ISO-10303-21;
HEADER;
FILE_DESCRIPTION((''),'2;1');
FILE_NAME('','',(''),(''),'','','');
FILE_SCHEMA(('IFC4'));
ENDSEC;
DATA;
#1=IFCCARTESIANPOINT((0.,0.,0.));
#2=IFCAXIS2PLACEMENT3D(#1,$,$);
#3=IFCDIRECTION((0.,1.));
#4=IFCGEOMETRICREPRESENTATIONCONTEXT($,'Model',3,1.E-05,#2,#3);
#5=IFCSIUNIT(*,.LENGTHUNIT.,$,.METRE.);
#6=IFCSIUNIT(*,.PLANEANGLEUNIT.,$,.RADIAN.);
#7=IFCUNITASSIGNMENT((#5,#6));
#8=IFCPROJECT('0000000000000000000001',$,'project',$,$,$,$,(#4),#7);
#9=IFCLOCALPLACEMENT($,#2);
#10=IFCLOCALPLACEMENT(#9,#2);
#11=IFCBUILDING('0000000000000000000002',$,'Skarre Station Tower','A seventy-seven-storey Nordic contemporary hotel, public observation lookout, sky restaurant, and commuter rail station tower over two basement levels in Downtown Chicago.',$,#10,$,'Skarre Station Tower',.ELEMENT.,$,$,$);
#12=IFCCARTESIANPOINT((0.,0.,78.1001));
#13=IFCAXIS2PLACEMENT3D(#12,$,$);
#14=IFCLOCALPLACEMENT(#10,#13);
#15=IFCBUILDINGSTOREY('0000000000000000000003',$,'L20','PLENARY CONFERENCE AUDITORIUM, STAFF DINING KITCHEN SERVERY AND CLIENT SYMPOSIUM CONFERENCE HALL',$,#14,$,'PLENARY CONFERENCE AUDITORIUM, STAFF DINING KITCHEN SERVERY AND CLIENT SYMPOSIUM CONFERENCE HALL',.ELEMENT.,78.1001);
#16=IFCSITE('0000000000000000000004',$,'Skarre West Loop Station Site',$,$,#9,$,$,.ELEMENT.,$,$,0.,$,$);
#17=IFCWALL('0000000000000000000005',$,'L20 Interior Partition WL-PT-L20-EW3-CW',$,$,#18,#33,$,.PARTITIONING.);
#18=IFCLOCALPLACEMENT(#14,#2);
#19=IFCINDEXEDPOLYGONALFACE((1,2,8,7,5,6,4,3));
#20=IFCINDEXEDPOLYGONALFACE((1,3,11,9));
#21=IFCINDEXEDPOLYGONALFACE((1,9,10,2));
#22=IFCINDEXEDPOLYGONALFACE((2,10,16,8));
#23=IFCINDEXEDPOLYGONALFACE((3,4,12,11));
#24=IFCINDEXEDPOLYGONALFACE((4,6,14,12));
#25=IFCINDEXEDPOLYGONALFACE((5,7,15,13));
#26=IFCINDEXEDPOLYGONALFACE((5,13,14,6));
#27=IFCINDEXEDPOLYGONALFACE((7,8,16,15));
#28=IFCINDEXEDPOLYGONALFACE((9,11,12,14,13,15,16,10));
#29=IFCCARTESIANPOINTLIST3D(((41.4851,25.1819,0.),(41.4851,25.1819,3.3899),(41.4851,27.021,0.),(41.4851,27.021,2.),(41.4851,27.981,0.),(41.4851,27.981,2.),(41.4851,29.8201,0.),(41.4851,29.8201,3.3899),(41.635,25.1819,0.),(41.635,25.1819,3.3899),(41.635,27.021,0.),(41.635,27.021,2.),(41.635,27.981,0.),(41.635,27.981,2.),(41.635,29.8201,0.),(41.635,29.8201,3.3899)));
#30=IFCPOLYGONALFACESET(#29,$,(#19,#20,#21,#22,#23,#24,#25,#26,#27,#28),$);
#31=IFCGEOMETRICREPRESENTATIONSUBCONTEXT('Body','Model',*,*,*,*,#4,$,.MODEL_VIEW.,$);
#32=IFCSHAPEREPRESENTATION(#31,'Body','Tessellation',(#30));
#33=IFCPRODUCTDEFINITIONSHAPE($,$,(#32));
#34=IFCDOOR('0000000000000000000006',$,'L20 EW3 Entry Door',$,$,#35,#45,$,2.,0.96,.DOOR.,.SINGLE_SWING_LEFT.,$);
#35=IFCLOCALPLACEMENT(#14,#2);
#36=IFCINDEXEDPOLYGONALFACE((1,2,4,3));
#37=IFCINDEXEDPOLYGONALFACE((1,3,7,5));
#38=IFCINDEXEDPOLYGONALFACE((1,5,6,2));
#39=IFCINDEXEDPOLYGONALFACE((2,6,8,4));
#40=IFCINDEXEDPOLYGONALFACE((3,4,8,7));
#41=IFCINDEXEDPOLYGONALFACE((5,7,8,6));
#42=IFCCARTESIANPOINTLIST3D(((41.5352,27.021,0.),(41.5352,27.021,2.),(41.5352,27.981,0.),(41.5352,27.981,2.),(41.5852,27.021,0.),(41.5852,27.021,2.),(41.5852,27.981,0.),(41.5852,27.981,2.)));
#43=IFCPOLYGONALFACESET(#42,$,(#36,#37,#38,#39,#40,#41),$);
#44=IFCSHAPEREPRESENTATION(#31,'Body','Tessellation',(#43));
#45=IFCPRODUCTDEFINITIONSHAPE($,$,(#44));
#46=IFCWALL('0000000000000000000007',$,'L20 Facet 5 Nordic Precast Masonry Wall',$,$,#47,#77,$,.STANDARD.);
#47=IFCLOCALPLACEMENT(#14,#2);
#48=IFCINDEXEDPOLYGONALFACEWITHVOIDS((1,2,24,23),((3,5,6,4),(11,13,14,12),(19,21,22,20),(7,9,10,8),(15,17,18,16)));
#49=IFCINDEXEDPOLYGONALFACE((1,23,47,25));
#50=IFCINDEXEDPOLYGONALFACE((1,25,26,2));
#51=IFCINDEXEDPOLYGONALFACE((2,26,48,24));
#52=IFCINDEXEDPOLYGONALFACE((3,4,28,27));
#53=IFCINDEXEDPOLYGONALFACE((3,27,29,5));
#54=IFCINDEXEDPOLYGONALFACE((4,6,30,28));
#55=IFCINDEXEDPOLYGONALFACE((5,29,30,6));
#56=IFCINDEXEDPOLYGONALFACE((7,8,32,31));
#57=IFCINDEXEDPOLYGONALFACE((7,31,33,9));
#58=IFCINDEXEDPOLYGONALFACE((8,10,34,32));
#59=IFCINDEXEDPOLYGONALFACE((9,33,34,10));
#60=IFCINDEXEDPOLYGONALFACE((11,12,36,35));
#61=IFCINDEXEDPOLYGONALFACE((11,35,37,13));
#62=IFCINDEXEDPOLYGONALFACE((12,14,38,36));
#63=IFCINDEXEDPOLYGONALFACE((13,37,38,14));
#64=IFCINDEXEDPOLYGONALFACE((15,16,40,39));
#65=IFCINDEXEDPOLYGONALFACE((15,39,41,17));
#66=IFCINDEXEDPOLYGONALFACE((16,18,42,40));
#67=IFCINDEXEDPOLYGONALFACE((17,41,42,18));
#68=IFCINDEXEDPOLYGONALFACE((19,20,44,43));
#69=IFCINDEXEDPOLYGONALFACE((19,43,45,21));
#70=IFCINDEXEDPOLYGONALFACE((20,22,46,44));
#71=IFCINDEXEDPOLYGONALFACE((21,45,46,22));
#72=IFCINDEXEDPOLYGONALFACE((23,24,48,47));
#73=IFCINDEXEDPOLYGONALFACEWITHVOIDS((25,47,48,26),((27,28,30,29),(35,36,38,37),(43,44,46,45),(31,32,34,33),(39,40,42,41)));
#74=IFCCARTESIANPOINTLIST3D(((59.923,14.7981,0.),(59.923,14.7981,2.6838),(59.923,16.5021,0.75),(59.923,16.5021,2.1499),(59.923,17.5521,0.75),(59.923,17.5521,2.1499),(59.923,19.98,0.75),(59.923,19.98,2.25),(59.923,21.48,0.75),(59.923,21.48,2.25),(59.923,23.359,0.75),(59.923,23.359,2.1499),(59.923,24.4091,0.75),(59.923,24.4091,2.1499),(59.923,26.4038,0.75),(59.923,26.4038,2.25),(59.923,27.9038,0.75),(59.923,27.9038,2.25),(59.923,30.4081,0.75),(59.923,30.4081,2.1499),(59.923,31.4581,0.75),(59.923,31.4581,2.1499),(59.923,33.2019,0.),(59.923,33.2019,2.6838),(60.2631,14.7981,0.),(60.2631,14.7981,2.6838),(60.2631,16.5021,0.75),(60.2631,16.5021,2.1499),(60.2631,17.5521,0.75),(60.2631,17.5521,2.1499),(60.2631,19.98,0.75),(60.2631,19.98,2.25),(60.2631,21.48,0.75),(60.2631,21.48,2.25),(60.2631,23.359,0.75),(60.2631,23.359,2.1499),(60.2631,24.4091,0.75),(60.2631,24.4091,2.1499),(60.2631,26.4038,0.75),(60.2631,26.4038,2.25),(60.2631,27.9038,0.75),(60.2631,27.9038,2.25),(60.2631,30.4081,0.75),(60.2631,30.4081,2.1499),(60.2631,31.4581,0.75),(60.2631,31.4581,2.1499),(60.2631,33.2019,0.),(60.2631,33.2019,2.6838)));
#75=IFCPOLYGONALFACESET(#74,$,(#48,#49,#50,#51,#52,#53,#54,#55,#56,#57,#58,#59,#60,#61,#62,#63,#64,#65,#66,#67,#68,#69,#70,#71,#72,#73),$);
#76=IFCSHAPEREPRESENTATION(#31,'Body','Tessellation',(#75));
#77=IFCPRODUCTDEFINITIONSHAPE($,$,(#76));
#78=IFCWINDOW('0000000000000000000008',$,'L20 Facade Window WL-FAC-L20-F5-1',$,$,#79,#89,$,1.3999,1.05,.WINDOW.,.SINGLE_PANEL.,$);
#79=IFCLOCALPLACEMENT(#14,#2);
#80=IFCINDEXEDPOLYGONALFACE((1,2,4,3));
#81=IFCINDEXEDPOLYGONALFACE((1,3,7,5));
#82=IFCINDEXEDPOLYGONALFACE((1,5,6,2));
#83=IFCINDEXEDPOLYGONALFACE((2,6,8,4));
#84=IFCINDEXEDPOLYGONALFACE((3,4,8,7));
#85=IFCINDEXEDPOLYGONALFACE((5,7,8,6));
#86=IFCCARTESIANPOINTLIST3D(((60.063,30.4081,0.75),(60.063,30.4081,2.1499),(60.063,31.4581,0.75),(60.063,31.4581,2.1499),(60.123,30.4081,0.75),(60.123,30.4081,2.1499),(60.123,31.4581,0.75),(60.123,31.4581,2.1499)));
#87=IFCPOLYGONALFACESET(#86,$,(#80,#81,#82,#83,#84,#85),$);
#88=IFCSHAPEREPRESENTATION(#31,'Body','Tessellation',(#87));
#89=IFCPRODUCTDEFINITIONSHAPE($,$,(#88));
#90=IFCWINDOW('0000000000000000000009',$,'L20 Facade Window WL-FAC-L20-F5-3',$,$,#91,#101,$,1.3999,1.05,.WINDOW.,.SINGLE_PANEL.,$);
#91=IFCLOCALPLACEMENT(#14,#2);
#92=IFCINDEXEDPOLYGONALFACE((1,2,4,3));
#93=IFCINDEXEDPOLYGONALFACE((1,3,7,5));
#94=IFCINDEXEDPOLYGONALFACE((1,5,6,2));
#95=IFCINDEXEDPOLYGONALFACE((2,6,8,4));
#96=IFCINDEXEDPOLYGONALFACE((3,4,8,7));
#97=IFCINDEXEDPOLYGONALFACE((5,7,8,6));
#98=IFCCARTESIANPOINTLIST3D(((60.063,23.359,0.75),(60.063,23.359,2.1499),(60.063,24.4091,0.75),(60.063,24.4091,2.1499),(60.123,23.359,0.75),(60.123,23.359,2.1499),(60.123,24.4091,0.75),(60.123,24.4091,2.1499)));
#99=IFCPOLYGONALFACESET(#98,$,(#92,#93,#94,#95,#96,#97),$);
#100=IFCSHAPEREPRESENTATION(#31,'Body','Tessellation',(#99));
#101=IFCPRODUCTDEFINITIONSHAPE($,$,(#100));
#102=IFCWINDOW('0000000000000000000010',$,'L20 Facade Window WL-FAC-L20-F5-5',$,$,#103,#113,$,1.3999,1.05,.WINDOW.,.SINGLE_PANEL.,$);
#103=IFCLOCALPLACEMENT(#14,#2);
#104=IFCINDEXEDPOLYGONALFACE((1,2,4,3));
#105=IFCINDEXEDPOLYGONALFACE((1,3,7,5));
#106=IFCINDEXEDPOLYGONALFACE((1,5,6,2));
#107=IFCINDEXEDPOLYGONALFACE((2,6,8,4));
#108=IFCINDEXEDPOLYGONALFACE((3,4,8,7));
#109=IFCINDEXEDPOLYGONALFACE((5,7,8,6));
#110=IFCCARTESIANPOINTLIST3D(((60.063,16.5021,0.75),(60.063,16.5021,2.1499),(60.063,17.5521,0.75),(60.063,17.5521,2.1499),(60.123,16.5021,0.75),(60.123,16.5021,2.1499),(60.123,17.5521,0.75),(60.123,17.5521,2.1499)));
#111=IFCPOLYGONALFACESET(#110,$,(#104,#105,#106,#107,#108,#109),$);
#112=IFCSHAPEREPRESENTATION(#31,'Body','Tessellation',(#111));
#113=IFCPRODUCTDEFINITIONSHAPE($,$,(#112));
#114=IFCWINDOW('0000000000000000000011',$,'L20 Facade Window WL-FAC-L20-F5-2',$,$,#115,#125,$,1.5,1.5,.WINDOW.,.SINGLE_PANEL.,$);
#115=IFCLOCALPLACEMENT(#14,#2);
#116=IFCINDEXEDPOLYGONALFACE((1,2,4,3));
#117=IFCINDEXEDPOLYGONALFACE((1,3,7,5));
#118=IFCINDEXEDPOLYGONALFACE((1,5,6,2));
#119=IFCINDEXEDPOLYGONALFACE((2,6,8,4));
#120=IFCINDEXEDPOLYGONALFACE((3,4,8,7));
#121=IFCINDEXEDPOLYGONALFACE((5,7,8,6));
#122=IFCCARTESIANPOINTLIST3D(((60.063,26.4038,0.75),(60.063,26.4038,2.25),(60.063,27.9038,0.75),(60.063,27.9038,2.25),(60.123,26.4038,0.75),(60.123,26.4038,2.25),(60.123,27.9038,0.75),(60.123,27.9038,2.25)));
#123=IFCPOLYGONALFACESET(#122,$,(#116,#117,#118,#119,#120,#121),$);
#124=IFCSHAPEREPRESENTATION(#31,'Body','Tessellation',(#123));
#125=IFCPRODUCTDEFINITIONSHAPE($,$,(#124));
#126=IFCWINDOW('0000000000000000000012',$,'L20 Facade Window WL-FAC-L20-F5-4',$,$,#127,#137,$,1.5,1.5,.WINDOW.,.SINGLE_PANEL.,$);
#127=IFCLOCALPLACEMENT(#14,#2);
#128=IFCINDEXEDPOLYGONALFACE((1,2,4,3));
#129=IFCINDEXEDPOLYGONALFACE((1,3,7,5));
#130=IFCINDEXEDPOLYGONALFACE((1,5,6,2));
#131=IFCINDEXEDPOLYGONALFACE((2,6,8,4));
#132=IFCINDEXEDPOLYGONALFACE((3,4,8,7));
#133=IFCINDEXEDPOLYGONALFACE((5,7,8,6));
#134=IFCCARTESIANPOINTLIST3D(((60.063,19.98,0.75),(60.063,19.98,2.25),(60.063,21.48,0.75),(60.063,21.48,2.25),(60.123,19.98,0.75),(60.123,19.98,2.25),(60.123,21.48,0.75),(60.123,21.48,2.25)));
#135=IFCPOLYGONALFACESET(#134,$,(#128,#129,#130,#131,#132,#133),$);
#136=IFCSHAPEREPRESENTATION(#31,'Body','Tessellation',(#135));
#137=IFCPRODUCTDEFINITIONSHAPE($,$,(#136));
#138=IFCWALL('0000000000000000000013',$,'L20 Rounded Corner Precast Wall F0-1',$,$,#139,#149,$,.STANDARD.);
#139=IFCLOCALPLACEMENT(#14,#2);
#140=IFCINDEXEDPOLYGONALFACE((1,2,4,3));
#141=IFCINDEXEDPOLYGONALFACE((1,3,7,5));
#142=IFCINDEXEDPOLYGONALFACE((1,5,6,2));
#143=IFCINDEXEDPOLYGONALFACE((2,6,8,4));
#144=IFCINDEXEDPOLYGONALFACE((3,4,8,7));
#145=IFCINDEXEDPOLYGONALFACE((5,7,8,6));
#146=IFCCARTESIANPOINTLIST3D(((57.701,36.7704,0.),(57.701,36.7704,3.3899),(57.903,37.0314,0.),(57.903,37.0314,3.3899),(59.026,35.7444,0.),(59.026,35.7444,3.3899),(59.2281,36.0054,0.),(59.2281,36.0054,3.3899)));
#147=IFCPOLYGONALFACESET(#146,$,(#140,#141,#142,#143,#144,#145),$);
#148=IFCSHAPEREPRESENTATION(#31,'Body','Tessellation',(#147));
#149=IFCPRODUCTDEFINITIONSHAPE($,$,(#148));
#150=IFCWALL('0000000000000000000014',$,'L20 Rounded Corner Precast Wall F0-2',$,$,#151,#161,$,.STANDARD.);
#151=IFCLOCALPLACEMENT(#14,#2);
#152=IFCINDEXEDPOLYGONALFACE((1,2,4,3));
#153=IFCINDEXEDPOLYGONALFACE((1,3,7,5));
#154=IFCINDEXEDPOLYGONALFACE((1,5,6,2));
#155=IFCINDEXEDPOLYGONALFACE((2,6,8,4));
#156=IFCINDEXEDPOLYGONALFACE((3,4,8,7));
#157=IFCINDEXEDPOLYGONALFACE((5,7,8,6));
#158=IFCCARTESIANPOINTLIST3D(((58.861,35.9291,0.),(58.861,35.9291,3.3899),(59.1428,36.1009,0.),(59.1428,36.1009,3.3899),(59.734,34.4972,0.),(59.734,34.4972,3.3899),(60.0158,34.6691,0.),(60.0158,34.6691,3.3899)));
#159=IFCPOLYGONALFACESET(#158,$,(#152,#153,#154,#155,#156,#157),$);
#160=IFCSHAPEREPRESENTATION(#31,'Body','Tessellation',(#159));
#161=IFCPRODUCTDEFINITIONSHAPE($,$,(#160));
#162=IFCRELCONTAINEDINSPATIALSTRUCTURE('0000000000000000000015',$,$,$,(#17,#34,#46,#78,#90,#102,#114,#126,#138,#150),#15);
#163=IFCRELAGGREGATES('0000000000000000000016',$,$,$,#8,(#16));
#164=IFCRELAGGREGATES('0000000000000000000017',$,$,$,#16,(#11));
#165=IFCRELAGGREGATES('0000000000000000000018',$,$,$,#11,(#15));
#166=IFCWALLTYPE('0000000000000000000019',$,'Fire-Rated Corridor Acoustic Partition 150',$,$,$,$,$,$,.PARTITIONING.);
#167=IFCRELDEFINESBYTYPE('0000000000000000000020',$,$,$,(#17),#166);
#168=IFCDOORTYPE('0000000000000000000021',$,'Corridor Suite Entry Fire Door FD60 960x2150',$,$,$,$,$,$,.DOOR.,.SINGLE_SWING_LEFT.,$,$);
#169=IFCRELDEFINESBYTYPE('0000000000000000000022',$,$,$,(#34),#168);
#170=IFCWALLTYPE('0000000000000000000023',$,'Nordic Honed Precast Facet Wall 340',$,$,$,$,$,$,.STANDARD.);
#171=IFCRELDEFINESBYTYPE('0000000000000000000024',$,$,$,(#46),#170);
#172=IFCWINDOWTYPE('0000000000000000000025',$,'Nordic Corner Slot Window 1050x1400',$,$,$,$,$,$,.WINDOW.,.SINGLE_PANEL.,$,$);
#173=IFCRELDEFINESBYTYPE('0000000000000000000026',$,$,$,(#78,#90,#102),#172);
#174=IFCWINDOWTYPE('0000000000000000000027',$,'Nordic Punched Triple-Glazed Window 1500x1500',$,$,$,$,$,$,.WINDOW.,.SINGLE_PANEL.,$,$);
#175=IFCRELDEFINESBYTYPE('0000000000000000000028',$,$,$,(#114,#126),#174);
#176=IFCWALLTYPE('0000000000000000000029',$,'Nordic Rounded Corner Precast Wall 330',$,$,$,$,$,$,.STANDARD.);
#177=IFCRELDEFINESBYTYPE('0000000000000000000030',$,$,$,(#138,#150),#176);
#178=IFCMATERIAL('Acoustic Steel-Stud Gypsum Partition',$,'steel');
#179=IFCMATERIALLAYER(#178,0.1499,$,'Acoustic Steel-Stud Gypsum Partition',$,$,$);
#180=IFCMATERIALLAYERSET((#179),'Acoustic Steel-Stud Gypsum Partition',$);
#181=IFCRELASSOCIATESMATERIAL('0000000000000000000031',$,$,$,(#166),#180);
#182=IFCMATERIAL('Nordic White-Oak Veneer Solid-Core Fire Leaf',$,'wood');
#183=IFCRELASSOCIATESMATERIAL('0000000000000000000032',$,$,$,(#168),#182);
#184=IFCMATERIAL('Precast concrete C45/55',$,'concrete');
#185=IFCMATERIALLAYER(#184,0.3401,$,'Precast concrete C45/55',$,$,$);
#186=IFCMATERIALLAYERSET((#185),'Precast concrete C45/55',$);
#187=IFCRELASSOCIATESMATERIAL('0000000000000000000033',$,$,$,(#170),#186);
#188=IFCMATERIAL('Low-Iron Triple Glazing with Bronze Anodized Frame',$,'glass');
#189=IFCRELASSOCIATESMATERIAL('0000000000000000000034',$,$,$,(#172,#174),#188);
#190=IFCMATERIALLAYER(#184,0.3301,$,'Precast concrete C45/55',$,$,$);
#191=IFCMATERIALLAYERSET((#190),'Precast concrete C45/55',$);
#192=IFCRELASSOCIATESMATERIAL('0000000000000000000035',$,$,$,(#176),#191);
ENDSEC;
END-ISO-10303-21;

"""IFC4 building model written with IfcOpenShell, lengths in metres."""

from ifc_helpers import new_model, si_unit, direction, frame, frame_2d, origin, place, context, subcontext, project, spatial, rectangle, extrude, material, layer, layer_set, type_object, element, fill, save


model = new_model("IFC4")

# Units and contexts
model_context = context("Model", 3, precision=1e-05, world=origin(), true_north=direction((0.0, 1.0)))
body_context = subcontext(model_context, "Body", "Model", "MODEL_VIEW")
ifc_project = project(units=[si_unit("LENGTHUNIT", "METRE"), si_unit("PLANEANGLEUNIT", "RADIAN")], contexts=[model_context])

# Site, building, storey
site_placement = place(None, origin())
site = spatial("IfcSite", under=ifc_project, at=site_placement, Name="Skarre West Loop Station Site", CompositionType="ELEMENT", RefElevation=0.0)
building_placement = place(site_placement, origin())
building = spatial("IfcBuilding", under=site, at=building_placement, Name="Skarre Station Tower", Description="A seventy-seven-storey Nordic contemporary hotel, public observation lookout, sky restaurant, and commuter rail station tower over two basement levels in Downtown Chicago.", LongName="Skarre Station Tower", CompositionType="ELEMENT")
storey_placement = place(building_placement, frame((0.0, 0.0, 78.1001)))
storey = spatial("IfcBuildingStorey", under=building, at=storey_placement, Name="L20", Description="PLENARY CONFERENCE AUDITORIUM, STAFF DINING KITCHEN SERVERY AND CLIENT SYMPOSIUM CONFERENCE HALL", LongName="PLENARY CONFERENCE AUDITORIUM, STAFF DINING KITCHEN SERVERY AND CLIENT SYMPOSIUM CONFERENCE HALL", CompositionType="ELEMENT", Elevation=78.1001)

# Wall, opening, door
ifc_material_1 = material(Name="Acoustic Steel-Stud Gypsum Partition", Category="steel")
ifc_layer_1 = layer(ifc_material_1, 0.1499, Name="Acoustic Steel-Stud Gypsum Partition")
ifc_layer_set_1 = layer_set([ifc_layer_1], Name="Acoustic Steel-Stud Gypsum Partition")
wall_type_1 = type_object("IfcWallType", Name="Fire-Rated Corridor Acoustic Partition 150", PredefinedType="PARTITIONING", material=ifc_layer_set_1)
ifc_material_2 = material(Name="Nordic White-Oak Veneer Solid-Core Fire Leaf", Category="wood")
door_type = type_object("IfcDoorType", Name="Corridor Suite Entry Fire Door FD60 960x2150", OperationType="SINGLE_SWING_LEFT", PredefinedType="DOOR", material=ifc_material_2)
wall_1_placement = place(storey_placement, frame((41.5601, 25.1819, 0.0), z_axis=(0.0, 0.0, 1.0), x_axis=(0.0, 1.0, 0.0)))
wall_1 = element("IfcWall", 1, at=wall_1_placement, inside=storey, type_object=wall_type_1, Name="L20 Interior Partition WL-PT-L20-EW3-CW", PredefinedType="PARTITIONING", context=body_context, shape_type="SweptSolid", body=[
    extrude(rectangle(XDim=4.6382, YDim=0.1499, at=frame_2d((2.3191, 0.0))), origin(), (0.0, 0.0, 1.0), 3.3899),
])
opening_1_placement = place(wall_1_placement, frame((1.8391, 0.0, 0.0)))
opening_1 = element("IfcOpeningElement", 2, at=opening_1_placement, cuts=wall_1, PredefinedType="OPENING", context=body_context, shape_type="SweptSolid", body=[
    extrude(rectangle(XDim=0.96, YDim=2.0, at=frame_2d((0.48, 1.0))), frame((0.0, 0.085, 0.0), z_axis=(0.0, -1.0, 0.0), x_axis=(1.0, 0.0, 0.0)), (0.0, 0.0, 1.0), 0.1699),
])
door_1_placement = place(opening_1_placement, origin())
door_1 = element("IfcDoor", 3, at=door_1_placement, inside=storey, type_object=door_type, Name="L20 EW3 Entry Door", OperationType="SINGLE_SWING_LEFT", OverallHeight=2.0, OverallWidth=0.96, PredefinedType="DOOR", context=body_context, shape_type="SweptSolid", body=[
    extrude(rectangle(XDim=0.96, YDim=2.0, at=frame_2d((0.48, 1.0))), frame((0.0, 0.0249, 0.0), z_axis=(0.0, -1.0, 0.0), x_axis=(1.0, 0.0, 0.0)), (0.0, 0.0, 1.0), 0.05),
])
fill(opening_1, door_1)

# Wall, openings, windows
ifc_material_3 = material(Name="Precast concrete C45/55", Category="concrete")
ifc_layer_2 = layer(ifc_material_3, 0.3401, Name="Precast concrete C45/55")
ifc_layer_set_2 = layer_set([ifc_layer_2], Name="Precast concrete C45/55")
wall_type_2 = type_object("IfcWallType", Name="Nordic Honed Precast Facet Wall 340", PredefinedType="STANDARD", material=ifc_layer_set_2)
wall_2_placement = place(storey_placement, frame((60.093, 33.2019, 0.0), z_axis=(0.0, 0.0, 1.0), x_axis=(0.0, -1.0, 0.0)))
wall_2 = element("IfcWall", 4, at=wall_2_placement, inside=storey, type_object=wall_type_2, Name="L20 Facet 5 Nordic Precast Masonry Wall", PredefinedType="STANDARD", context=body_context, shape_type="SweptSolid", body=[
    extrude(rectangle(XDim=18.4038, YDim=0.3401, at=frame_2d((9.2019, 0.0))), origin(), (0.0, 0.0, 1.0), 2.6838),
])
opening_2_placement = place(wall_2_placement, frame((1.7439, 0.0, 0.75)))
opening_2 = element("IfcOpeningElement", 5, at=opening_2_placement, cuts=wall_2, PredefinedType="OPENING", context=body_context, shape_type="SweptSolid", body=[
    extrude(rectangle(XDim=1.05, YDim=1.3999, at=frame_2d((0.5249, 0.7))), frame((0.0, 0.1799, 0.0), z_axis=(0.0, -1.0, 0.0), x_axis=(1.0, 0.0, 0.0)), (0.0, 0.0, 1.0), 0.3601),
])
opening_3_placement = place(wall_2_placement, frame((5.2981, 0.0, 0.75)))
opening_3 = element("IfcOpeningElement", 6, at=opening_3_placement, cuts=wall_2, PredefinedType="OPENING", context=body_context, shape_type="SweptSolid", body=[
    extrude(rectangle(XDim=1.5, YDim=1.5, at=frame_2d((0.75, 0.75))), frame((0.0, 0.1799, 0.0), z_axis=(0.0, -1.0, 0.0), x_axis=(1.0, 0.0, 0.0)), (0.0, 0.0, 1.0), 0.3601),
])
opening_4_placement = place(wall_2_placement, frame((8.793, 0.0, 0.75)))
opening_4 = element("IfcOpeningElement", 7, at=opening_4_placement, cuts=wall_2, PredefinedType="OPENING", context=body_context, shape_type="SweptSolid", body=[
    extrude(rectangle(XDim=1.05, YDim=1.3999, at=frame_2d((0.5249, 0.7))), frame((0.0, 0.1799, 0.0), z_axis=(0.0, -1.0, 0.0), x_axis=(1.0, 0.0, 0.0)), (0.0, 0.0, 1.0), 0.3601),
])
opening_5_placement = place(wall_2_placement, frame((11.7219, 0.0, 0.75)))
opening_5 = element("IfcOpeningElement", 8, at=opening_5_placement, cuts=wall_2, PredefinedType="OPENING", context=body_context, shape_type="SweptSolid", body=[
    extrude(rectangle(XDim=1.5, YDim=1.5, at=frame_2d((0.75, 0.75))), frame((0.0, 0.1799, 0.0), z_axis=(0.0, -1.0, 0.0), x_axis=(1.0, 0.0, 0.0)), (0.0, 0.0, 1.0), 0.3601),
])
opening_6_placement = place(wall_2_placement, frame((15.6499, 0.0, 0.75)))
opening_6 = element("IfcOpeningElement", 9, at=opening_6_placement, cuts=wall_2, PredefinedType="OPENING", context=body_context, shape_type="SweptSolid", body=[
    extrude(rectangle(XDim=1.05, YDim=1.3999, at=frame_2d((0.5249, 0.7))), frame((0.0, 0.1799, 0.0), z_axis=(0.0, -1.0, 0.0), x_axis=(1.0, 0.0, 0.0)), (0.0, 0.0, 1.0), 0.3601),
])
ifc_material_4 = material(Name="Low-Iron Triple Glazing with Bronze Anodized Frame", Category="glass")
window_type_1 = type_object("IfcWindowType", Name="Nordic Corner Slot Window 1050x1400", PartitioningType="SINGLE_PANEL", PredefinedType="WINDOW", material=ifc_material_4)
window_1_placement = place(opening_2_placement, origin())
window_1 = element("IfcWindow", 10, at=window_1_placement, inside=storey, type_object=window_type_1, Name="L20 Facade Window WL-FAC-L20-F5-1", OverallHeight=1.3999, OverallWidth=1.05, PartitioningType="SINGLE_PANEL", PredefinedType="WINDOW", context=body_context, shape_type="SweptSolid", body=[
    extrude(rectangle(XDim=1.05, YDim=1.3999, at=frame_2d((0.5249, 0.7))), frame((0.0, 0.03, 0.0), z_axis=(0.0, -1.0, 0.0), x_axis=(1.0, 0.0, 0.0)), (0.0, 0.0, 1.0), 0.0601),
])
fill(opening_2, window_1)
window_2_placement = place(opening_4_placement, origin())
window_2 = element("IfcWindow", 11, at=window_2_placement, inside=storey, type_object=window_type_1, Name="L20 Facade Window WL-FAC-L20-F5-3", OverallHeight=1.3999, OverallWidth=1.05, PartitioningType="SINGLE_PANEL", PredefinedType="WINDOW", context=body_context, shape_type="SweptSolid", body=[
    extrude(rectangle(XDim=1.05, YDim=1.3999, at=frame_2d((0.5249, 0.7))), frame((0.0, 0.03, 0.0), z_axis=(0.0, -1.0, 0.0), x_axis=(1.0, 0.0, 0.0)), (0.0, 0.0, 1.0), 0.0601),
])
fill(opening_4, window_2)
window_3_placement = place(opening_6_placement, origin())
window_3 = element("IfcWindow", 12, at=window_3_placement, inside=storey, type_object=window_type_1, Name="L20 Facade Window WL-FAC-L20-F5-5", OverallHeight=1.3999, OverallWidth=1.05, PartitioningType="SINGLE_PANEL", PredefinedType="WINDOW", context=body_context, shape_type="SweptSolid", body=[
    extrude(rectangle(XDim=1.05, YDim=1.3999, at=frame_2d((0.5249, 0.7))), frame((0.0, 0.03, 0.0), z_axis=(0.0, -1.0, 0.0), x_axis=(1.0, 0.0, 0.0)), (0.0, 0.0, 1.0), 0.0601),
])
fill(opening_6, window_3)
window_type_2 = type_object("IfcWindowType", Name="Nordic Punched Triple-Glazed Window 1500x1500", PartitioningType="SINGLE_PANEL", PredefinedType="WINDOW", material=ifc_material_4)
window_4_placement = place(opening_3_placement, origin())
window_4 = element("IfcWindow", 13, at=window_4_placement, inside=storey, type_object=window_type_2, Name="L20 Facade Window WL-FAC-L20-F5-2", OverallHeight=1.5, OverallWidth=1.5, PartitioningType="SINGLE_PANEL", PredefinedType="WINDOW", context=body_context, shape_type="SweptSolid", body=[
    extrude(rectangle(XDim=1.5, YDim=1.5, at=frame_2d((0.75, 0.75))), frame((0.0, 0.03, 0.0), z_axis=(0.0, -1.0, 0.0), x_axis=(1.0, 0.0, 0.0)), (0.0, 0.0, 1.0), 0.0601),
])
fill(opening_3, window_4)
window_5_placement = place(opening_5_placement, origin())
window_5 = element("IfcWindow", 14, at=window_5_placement, inside=storey, type_object=window_type_2, Name="L20 Facade Window WL-FAC-L20-F5-4", OverallHeight=1.5, OverallWidth=1.5, PartitioningType="SINGLE_PANEL", PredefinedType="WINDOW", context=body_context, shape_type="SweptSolid", body=[
    extrude(rectangle(XDim=1.5, YDim=1.5, at=frame_2d((0.75, 0.75))), frame((0.0, 0.03, 0.0), z_axis=(0.0, -1.0, 0.0), x_axis=(1.0, 0.0, 0.0)), (0.0, 0.0, 1.0), 0.0601),
])
fill(opening_5, window_5)

# Walls
ifc_layer_3 = layer(ifc_material_3, 0.3301, Name="Precast concrete C45/55")
ifc_layer_set_3 = layer_set([ifc_layer_3], Name="Precast concrete C45/55")
wall_type_3 = type_object("IfcWallType", Name="Nordic Rounded Corner Precast Wall 330", PredefinedType="STANDARD", material=ifc_layer_set_3)
wall_3_placement = place(storey_placement, frame((57.802, 36.9009, 0.0), z_axis=(0.0, 0.0, 1.0), x_axis=(0.790692, -0.612214, 0.0)))
element("IfcWall", 15, at=wall_3_placement, inside=storey, type_object=wall_type_3, Name="L20 Rounded Corner Precast Wall F0-1", PredefinedType="STANDARD", context=body_context, shape_type="SweptSolid", body=[
    extrude(rectangle(XDim=1.6758, YDim=0.3301, at=frame_2d((0.8379, 0.0))), origin(), (0.0, 0.0, 1.0), 3.3899),
])
wall_4_placement = place(storey_placement, frame((59.002, 36.0149, 0.0), z_axis=(0.0, 0.0, 1.0), x_axis=(0.520584, -0.85381, 0.0)))
element("IfcWall", 16, at=wall_4_placement, inside=storey, type_object=wall_type_3, Name="L20 Rounded Corner Precast Wall F0-2", PredefinedType="STANDARD", context=body_context, shape_type="SweptSolid", body=[
    extrude(rectangle(XDim=1.677, YDim=0.3301, at=frame_2d((0.8384, 0.0))), origin(), (0.0, 0.0, 1.0), 3.3899),
])

save(model, "model.ifc")
